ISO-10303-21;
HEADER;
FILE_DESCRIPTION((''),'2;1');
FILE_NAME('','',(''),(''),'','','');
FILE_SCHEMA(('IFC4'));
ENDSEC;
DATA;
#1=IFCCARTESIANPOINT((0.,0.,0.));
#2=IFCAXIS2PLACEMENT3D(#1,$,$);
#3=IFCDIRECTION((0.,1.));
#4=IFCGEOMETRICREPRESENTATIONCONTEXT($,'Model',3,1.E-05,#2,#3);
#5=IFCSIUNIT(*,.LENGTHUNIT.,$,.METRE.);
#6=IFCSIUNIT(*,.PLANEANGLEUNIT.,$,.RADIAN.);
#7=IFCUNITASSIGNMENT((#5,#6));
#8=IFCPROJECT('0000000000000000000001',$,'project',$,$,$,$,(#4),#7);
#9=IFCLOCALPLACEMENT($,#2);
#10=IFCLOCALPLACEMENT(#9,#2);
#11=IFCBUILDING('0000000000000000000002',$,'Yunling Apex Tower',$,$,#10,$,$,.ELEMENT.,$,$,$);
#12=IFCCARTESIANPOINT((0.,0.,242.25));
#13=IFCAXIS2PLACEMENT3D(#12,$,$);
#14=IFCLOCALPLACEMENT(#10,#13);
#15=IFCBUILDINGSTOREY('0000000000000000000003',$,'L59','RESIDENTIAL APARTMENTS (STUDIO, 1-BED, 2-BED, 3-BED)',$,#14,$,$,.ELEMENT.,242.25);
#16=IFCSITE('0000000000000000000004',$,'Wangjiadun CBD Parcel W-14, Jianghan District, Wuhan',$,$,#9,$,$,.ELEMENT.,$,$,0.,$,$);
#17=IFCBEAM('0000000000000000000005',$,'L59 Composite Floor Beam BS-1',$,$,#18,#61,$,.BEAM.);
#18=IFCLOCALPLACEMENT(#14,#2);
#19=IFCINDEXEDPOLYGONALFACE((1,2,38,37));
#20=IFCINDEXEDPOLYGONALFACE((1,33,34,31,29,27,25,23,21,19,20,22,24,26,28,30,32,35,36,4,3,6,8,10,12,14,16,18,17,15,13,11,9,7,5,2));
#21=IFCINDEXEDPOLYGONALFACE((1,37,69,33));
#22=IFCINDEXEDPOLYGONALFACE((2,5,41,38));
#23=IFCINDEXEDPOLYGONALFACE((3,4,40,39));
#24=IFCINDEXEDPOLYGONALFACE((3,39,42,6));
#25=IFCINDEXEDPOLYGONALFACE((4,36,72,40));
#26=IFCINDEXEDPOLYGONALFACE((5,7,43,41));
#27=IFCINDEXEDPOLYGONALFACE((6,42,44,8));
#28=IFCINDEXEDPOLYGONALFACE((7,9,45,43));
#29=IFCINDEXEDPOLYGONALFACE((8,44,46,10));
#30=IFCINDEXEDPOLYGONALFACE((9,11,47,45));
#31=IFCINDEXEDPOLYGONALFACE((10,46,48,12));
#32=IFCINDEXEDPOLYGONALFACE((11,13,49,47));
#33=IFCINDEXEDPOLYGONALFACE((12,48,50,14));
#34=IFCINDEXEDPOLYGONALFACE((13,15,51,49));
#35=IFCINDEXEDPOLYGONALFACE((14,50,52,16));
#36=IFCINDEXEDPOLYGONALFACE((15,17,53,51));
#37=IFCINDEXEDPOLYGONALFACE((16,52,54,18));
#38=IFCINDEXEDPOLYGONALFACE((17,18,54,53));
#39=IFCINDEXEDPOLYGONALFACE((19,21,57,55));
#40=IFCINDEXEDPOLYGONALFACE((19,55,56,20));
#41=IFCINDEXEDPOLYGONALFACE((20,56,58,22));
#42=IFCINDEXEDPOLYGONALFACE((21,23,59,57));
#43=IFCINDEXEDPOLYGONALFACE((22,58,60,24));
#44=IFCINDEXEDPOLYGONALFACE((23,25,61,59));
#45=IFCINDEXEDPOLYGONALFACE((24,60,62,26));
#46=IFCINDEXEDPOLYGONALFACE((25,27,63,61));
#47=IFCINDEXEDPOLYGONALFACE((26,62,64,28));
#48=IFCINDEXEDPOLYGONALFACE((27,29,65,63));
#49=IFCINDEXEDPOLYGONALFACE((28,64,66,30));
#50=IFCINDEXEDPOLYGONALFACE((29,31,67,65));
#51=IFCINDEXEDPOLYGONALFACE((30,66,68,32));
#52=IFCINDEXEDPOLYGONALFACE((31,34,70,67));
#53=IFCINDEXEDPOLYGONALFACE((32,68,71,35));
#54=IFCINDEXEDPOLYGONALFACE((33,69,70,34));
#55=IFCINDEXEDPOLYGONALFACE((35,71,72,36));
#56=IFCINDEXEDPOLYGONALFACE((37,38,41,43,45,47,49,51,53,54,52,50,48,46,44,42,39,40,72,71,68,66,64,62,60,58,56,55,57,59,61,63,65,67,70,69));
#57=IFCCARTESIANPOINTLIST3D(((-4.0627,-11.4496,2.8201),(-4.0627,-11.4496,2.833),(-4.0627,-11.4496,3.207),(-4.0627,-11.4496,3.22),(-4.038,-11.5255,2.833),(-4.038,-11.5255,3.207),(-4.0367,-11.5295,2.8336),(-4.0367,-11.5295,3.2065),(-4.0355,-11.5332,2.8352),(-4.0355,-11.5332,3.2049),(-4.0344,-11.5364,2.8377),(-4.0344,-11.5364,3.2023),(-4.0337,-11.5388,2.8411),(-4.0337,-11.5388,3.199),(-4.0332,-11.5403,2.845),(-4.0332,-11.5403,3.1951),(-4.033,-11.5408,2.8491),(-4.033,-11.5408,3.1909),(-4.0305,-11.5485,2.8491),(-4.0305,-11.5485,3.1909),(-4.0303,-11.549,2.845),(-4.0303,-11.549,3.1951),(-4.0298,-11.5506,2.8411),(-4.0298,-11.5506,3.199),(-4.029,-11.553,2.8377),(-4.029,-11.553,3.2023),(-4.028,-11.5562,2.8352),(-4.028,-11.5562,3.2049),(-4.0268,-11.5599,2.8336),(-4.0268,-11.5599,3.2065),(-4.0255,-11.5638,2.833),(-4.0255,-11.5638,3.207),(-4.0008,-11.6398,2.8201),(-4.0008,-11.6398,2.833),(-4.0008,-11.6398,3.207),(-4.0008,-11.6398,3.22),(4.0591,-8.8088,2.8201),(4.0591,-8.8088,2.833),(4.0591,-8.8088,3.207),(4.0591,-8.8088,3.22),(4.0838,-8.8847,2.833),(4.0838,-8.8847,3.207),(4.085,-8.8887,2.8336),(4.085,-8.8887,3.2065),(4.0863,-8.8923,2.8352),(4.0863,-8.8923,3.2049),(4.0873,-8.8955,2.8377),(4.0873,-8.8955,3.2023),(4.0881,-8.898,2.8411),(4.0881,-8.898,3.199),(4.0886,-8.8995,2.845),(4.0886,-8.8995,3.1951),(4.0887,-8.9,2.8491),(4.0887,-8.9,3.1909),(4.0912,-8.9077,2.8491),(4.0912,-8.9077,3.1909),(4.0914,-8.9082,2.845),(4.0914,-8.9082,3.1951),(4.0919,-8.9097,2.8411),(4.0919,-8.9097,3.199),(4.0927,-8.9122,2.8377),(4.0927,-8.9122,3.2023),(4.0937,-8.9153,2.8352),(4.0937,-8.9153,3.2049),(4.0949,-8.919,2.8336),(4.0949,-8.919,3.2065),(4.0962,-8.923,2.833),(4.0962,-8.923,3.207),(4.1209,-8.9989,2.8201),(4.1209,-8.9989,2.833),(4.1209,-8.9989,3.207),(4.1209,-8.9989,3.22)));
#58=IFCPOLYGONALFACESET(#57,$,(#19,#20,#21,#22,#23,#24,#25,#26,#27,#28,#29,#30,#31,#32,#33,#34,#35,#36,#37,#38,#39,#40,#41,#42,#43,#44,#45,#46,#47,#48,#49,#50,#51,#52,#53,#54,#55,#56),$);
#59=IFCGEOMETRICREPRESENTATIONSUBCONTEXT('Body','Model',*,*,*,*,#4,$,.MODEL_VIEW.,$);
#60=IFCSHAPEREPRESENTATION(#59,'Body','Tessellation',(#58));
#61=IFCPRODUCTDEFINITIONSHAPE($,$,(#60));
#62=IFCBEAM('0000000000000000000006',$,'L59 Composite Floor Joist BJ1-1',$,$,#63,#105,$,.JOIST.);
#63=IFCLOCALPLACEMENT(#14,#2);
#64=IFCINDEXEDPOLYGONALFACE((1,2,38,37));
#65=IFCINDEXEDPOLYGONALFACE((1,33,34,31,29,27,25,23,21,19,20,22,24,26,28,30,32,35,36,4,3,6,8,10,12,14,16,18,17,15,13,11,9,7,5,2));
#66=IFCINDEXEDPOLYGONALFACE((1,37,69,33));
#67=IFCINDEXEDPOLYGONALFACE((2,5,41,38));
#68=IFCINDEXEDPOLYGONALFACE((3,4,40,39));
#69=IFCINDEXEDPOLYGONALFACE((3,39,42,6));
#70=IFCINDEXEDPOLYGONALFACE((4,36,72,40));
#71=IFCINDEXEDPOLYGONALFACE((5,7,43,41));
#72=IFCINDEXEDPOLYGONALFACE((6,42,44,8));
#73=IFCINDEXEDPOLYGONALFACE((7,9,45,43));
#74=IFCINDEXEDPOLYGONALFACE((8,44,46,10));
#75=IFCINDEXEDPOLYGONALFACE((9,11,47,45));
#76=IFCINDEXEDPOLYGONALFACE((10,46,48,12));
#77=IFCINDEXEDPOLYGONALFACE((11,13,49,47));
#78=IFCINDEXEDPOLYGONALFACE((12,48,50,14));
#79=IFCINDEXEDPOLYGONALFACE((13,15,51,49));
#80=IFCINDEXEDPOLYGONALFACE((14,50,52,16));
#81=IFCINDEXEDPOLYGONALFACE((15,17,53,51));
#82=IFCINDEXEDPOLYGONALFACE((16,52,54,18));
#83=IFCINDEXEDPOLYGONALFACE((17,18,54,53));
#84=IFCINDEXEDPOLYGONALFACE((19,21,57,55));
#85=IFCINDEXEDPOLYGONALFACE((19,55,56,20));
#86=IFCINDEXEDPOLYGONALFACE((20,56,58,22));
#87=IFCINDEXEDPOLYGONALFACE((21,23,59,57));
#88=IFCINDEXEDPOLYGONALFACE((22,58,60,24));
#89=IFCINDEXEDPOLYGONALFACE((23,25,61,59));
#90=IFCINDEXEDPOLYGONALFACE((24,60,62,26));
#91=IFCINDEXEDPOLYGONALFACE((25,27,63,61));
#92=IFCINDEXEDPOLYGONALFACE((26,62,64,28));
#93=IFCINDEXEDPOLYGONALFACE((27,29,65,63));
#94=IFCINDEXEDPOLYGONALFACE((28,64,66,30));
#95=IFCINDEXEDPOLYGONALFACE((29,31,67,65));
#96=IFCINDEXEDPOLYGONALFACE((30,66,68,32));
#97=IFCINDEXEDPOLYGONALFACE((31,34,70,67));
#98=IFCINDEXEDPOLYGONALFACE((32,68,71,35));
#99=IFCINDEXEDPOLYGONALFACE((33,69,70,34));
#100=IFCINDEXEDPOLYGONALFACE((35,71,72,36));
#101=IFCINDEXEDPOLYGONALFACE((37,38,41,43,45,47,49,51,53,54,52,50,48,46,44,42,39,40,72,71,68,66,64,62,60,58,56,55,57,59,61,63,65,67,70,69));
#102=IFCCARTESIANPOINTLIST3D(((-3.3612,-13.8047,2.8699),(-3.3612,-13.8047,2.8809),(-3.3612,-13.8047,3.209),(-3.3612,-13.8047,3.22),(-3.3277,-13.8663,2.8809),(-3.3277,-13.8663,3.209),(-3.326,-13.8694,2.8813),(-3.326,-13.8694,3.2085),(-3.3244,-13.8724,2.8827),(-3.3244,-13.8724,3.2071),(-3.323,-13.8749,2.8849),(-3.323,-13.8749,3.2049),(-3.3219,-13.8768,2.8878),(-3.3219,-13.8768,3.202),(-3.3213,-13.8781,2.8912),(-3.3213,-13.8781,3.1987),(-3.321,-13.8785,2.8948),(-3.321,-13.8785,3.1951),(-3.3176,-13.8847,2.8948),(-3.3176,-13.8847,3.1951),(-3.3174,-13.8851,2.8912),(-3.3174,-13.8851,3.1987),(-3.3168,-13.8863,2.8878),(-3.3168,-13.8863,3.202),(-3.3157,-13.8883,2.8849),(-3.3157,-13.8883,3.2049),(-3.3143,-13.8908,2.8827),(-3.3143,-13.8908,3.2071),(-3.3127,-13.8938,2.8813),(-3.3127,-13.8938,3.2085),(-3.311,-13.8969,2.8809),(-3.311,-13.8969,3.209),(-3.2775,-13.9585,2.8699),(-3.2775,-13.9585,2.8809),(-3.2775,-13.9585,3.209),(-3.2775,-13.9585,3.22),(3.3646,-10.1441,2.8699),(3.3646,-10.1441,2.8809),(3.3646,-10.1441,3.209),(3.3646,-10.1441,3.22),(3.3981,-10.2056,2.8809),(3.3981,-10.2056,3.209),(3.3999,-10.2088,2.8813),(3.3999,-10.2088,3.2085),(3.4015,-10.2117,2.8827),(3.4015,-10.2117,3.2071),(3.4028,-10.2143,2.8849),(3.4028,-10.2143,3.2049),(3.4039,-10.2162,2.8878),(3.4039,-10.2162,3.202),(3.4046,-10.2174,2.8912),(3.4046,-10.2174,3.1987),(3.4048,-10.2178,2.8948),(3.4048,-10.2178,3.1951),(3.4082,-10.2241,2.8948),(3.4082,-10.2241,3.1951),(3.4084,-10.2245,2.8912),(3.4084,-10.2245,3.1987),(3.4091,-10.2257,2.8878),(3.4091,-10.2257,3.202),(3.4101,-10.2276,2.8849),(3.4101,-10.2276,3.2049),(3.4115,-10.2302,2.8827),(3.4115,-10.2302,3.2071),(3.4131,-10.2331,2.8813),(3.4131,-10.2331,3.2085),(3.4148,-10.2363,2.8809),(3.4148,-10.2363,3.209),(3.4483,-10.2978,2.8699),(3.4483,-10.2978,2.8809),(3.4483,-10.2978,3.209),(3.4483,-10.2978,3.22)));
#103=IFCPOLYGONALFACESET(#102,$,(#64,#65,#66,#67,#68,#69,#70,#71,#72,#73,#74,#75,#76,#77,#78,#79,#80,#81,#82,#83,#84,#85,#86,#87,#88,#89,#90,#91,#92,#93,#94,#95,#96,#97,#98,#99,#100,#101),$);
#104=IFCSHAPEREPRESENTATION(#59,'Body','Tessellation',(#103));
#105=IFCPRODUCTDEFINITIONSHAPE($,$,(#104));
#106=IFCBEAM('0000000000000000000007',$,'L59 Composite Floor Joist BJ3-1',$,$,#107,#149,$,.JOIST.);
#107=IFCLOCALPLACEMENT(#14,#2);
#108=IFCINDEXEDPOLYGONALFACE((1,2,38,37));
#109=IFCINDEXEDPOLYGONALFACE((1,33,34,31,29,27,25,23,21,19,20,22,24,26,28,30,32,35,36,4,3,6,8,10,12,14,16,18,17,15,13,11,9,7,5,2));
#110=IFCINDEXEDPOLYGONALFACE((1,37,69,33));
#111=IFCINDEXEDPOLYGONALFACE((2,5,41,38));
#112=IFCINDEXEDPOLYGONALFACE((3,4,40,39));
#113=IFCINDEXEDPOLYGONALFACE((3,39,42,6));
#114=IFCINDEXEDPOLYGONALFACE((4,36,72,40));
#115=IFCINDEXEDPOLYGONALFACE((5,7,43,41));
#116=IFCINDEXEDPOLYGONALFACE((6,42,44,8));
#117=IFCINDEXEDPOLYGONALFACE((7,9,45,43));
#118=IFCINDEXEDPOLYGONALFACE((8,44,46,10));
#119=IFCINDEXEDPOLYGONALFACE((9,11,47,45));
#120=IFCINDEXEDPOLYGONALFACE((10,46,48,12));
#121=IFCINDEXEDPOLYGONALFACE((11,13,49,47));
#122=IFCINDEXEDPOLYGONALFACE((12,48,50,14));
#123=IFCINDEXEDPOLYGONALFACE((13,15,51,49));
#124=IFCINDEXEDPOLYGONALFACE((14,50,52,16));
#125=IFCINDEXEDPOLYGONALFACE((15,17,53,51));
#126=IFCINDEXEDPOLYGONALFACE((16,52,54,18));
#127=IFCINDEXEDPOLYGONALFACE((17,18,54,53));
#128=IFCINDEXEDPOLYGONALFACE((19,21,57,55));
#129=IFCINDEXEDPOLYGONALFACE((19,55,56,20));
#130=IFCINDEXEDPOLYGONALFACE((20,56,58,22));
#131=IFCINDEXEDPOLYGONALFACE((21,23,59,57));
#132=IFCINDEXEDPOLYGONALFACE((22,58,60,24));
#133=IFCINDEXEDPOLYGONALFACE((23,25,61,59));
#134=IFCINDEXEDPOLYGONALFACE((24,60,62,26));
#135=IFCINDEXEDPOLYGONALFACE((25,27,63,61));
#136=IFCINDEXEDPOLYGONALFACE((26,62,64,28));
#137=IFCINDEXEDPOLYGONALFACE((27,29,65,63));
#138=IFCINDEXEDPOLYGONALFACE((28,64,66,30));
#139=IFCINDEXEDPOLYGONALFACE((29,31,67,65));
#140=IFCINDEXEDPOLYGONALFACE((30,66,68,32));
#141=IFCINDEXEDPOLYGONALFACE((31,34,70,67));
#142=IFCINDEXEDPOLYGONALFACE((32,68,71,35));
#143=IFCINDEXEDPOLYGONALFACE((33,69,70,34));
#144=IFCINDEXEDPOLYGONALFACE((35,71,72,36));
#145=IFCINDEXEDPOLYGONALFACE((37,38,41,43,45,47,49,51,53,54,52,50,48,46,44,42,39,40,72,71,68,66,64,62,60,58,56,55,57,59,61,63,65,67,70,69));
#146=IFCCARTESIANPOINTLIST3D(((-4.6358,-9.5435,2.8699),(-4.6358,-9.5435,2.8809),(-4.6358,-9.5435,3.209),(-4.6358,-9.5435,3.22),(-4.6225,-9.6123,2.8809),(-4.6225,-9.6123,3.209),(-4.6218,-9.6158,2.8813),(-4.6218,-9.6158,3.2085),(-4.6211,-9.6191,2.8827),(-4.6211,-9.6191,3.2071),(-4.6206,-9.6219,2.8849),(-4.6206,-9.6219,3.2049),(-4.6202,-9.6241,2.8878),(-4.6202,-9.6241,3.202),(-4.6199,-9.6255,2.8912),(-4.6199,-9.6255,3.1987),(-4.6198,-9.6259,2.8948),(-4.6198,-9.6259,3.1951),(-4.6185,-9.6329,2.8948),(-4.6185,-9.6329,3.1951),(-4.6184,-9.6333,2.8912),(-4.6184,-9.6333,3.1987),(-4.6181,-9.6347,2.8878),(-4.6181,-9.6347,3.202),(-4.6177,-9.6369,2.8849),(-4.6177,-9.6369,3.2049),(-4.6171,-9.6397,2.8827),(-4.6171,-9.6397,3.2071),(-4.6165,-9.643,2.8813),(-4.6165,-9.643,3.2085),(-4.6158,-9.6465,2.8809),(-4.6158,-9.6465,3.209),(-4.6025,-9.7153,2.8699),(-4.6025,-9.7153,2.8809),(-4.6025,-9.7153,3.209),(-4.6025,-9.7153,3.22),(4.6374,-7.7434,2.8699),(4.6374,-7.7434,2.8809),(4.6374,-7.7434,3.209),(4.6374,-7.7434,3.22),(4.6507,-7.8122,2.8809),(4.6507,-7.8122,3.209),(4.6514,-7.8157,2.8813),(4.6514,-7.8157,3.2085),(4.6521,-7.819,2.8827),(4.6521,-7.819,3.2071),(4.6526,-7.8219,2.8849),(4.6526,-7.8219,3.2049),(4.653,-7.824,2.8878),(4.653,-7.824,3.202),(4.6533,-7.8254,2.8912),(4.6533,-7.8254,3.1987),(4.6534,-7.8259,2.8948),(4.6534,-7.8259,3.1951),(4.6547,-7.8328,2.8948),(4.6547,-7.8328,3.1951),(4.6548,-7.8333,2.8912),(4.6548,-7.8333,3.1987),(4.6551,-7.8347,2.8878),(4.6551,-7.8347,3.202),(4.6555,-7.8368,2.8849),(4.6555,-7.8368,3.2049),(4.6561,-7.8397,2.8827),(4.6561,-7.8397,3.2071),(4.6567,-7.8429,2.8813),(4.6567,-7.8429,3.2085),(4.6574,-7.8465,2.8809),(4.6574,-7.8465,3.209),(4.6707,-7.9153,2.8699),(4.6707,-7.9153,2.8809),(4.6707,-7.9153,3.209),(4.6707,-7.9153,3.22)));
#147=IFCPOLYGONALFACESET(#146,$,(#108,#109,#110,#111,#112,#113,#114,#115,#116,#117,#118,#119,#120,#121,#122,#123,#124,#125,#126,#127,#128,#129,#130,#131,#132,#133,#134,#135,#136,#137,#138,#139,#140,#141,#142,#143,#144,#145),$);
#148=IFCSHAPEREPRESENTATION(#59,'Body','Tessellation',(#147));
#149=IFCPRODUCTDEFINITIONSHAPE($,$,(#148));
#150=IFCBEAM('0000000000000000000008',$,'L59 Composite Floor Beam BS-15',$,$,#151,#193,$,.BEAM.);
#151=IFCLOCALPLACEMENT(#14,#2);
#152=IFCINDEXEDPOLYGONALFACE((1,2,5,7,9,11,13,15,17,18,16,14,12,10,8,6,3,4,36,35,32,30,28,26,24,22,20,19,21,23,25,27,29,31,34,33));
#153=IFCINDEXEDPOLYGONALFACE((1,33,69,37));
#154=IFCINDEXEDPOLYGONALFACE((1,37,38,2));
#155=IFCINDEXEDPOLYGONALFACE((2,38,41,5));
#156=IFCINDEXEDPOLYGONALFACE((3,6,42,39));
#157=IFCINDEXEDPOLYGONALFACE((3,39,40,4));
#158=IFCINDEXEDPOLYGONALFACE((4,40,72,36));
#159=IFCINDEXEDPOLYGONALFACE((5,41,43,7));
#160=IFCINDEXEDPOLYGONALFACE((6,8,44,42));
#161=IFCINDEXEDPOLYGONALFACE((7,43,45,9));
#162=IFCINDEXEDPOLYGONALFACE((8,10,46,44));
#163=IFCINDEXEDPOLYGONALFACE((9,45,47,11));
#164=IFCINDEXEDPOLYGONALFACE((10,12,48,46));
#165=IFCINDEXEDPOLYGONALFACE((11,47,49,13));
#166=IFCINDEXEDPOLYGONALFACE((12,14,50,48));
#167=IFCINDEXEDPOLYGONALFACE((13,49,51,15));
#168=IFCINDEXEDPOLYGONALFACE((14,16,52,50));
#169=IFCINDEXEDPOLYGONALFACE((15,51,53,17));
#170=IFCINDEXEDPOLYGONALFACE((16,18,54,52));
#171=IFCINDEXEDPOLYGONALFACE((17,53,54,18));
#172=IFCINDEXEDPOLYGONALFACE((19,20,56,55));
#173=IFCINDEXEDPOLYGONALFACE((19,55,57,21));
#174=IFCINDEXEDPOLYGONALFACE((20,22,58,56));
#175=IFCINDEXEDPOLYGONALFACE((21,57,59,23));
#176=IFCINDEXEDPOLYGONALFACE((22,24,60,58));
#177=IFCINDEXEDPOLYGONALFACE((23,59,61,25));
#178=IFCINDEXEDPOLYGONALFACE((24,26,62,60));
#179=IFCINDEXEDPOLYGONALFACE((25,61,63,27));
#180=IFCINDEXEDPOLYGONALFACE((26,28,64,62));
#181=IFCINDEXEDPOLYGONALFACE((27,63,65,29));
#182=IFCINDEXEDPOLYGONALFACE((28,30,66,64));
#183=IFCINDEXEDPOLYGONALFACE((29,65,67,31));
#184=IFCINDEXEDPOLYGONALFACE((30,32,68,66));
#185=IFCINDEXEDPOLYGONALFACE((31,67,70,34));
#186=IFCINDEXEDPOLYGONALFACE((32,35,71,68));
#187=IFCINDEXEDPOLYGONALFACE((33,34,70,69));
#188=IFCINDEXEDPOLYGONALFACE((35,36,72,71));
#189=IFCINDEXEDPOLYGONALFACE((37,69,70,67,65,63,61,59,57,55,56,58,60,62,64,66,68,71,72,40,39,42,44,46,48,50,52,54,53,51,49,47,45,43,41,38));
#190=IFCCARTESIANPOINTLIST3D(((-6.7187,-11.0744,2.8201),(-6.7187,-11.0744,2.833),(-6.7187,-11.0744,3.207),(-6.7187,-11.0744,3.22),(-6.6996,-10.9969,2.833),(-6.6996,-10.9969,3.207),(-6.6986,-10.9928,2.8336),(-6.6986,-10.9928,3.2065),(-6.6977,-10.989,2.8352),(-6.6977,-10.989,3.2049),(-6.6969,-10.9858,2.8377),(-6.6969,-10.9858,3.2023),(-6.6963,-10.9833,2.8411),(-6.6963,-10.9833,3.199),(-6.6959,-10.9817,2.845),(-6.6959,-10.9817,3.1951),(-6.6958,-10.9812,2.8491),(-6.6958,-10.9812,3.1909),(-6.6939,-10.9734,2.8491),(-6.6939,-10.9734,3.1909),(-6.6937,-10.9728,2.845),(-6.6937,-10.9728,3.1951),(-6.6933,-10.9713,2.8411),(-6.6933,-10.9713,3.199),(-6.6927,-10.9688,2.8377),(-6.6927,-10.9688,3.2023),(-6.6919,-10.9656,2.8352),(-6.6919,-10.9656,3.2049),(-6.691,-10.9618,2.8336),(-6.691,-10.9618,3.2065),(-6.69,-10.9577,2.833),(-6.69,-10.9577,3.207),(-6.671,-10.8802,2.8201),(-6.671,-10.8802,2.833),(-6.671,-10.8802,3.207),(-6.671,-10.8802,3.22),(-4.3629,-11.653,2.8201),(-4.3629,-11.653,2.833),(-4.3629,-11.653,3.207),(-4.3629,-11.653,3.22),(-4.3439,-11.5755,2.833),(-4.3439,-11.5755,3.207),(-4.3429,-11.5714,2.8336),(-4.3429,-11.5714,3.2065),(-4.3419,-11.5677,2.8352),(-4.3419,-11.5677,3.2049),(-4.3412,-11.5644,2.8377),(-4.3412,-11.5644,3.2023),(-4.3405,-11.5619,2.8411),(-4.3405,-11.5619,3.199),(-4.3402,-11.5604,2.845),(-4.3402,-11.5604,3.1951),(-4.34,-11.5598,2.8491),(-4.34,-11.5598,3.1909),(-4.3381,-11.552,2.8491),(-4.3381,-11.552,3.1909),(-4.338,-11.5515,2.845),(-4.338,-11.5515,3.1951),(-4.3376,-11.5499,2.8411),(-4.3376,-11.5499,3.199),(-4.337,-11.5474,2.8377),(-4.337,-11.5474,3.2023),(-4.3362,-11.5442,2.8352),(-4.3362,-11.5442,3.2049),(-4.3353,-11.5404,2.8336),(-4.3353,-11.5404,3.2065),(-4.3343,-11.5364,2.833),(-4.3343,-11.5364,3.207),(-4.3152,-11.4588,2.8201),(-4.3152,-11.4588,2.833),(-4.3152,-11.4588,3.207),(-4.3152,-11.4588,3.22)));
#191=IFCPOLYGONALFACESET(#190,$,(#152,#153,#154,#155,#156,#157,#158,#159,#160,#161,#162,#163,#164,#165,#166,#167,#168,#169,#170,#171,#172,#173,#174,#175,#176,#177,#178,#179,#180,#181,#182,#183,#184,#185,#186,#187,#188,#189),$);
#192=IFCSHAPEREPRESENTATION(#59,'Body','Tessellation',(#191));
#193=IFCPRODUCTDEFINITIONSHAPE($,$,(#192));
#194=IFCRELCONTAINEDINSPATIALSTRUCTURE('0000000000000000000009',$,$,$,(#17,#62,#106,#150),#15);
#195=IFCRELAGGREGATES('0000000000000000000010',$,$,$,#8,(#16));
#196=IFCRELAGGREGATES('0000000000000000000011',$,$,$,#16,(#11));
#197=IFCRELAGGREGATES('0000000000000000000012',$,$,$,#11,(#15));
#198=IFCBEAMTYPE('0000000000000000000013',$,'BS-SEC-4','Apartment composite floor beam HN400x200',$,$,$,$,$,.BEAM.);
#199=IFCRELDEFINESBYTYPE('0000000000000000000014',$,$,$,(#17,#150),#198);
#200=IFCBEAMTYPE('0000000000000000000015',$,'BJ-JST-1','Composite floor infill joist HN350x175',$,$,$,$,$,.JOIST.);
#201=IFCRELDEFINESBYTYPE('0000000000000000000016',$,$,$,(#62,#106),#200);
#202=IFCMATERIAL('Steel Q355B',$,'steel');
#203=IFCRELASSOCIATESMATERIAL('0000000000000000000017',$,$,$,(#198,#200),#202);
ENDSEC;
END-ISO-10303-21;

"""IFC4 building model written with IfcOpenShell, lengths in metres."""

from ifc_helpers import new_model, si_unit, direction, frame, origin, origin_2d, place, context, subcontext, project, spatial, i_section, extrude, source, transform, mapped, material, material_profile, profile_set, type_object, element, save


model = new_model("IFC4")

# Units and contexts
model_context = context("Model", 3, precision=1e-05, world=origin(), true_north=direction((0.0, 1.0)))
body_context = subcontext(model_context, "Body", "Model", "MODEL_VIEW")
ifc_project = project(units=[si_unit("LENGTHUNIT", "METRE"), si_unit("PLANEANGLEUNIT", "RADIAN")], contexts=[model_context])

# Site, building, storey
site_placement = place(None, origin())
site = spatial("IfcSite", under=ifc_project, at=site_placement, Name="Wangjiadun CBD Parcel W-14, Jianghan District, Wuhan", CompositionType="ELEMENT", RefElevation=0.0)
building_placement = place(site_placement, origin())
building = spatial("IfcBuilding", under=site, at=building_placement, Name="Yunling Apex Tower", CompositionType="ELEMENT")
storey_placement = place(building_placement, frame((0.0, 0.0, 242.25)))
storey = spatial("IfcBuildingStorey", under=building, at=storey_placement, Name="L59", Description="RESIDENTIAL APARTMENTS (STUDIO, 1-BED, 2-BED, 3-BED)", CompositionType="ELEMENT", Elevation=242.25)

# Beams
ifc_material_1 = material(Name="Steel Q355B", Category="steel")
ifc_material_profile_1 = material_profile(ifc_material_1, i_section(OverallWidth=0.2, OverallDepth=0.3999, WebThickness=0.0081, FlangeThickness=0.0129, FilletRadius=0.0161, at=origin_2d()))
ifc_profile_set_1 = profile_set([ifc_material_profile_1], Name="Steel Q355B")
beam_type_1 = type_object("IfcBeamType", Name="BS-SEC-4", Description="Apartment composite floor beam HN400x200", PredefinedType="BEAM", material=ifc_profile_set_1)
shared_shape_1 = source(origin(), body_context, "Body", "SweptSolid", [
    extrude(i_section(OverallWidth=0.2, OverallDepth=0.3999, WebThickness=0.0081, FlangeThickness=0.0129, FilletRadius=0.0161, at=origin_2d()), origin(), (0.0, 0.0, 1.0), 8.5403),
])
beam_1_placement = place(storey_placement, frame((-4.0317, -11.5447, 3.02), z_axis=(0.95099, 0.309221, 0.0), x_axis=(-0.309221, 0.95099, 0.0)))
element("IfcBeam", 1, at=beam_1_placement, inside=storey, type_object=beam_type_1, Name="L59 Composite Floor Beam BS-1", PredefinedType="BEAM", context=body_context, shape_type="MappedRepresentation", body=[
    mapped(shared_shape_1, transform((0.0, 0.0, 0.0), scale=1.0)),
])
ifc_material_profile_2 = material_profile(ifc_material_1, i_section(OverallWidth=0.175, OverallDepth=0.3501, WebThickness=0.0071, FlangeThickness=0.011, FilletRadius=0.0139, at=origin_2d()))
ifc_profile_set_2 = profile_set([ifc_material_profile_2], Name="Steel Q355B")
beam_type_2 = type_object("IfcBeamType", Name="BJ-JST-1", Description="Composite floor infill joist HN350x175", PredefinedType="JOIST", material=ifc_profile_set_2)
shared_shape_2 = source(origin(), body_context, "Body", "SweptSolid", [
    extrude(i_section(OverallWidth=0.175, OverallDepth=0.3501, WebThickness=0.0071, FlangeThickness=0.011, FilletRadius=0.0139, at=origin_2d()), origin(), (0.0, 0.0, 1.0), 7.6575),
])
beam_2_placement = place(storey_placement, frame((-3.3193, -13.8816, 3.0449), z_axis=(0.878334, 0.478048, 0.0), x_axis=(-0.478048, 0.878334, 0.0)))
element("IfcBeam", 2, at=beam_2_placement, inside=storey, type_object=beam_type_2, Name="L59 Composite Floor Joist BJ1-1", PredefinedType="JOIST", context=body_context, shape_type="MappedRepresentation", body=[
    mapped(shared_shape_2, transform((0.0, 0.0, 0.0), scale=1.0)),
])
shared_shape_3 = source(origin(), body_context, "Body", "SweptSolid", [
    extrude(i_section(OverallWidth=0.175, OverallDepth=0.3501, WebThickness=0.0071, FlangeThickness=0.011, FilletRadius=0.0139, at=origin_2d()), origin(), (0.0, 0.0, 1.0), 9.4463),
])
beam_3_placement = place(storey_placement, frame((-4.6191, -9.6294, 3.0449), z_axis=(0.981676, 0.190556, 0.0), x_axis=(-0.190556, 0.981676, 0.0)))
element("IfcBeam", 3, at=beam_3_placement, inside=storey, type_object=beam_type_2, Name="L59 Composite Floor Joist BJ3-1", PredefinedType="JOIST", context=body_context, shape_type="MappedRepresentation", body=[
    mapped(shared_shape_3, transform((0.0, 0.0, 0.0), scale=1.0)),
])
shared_shape_4 = source(origin(), body_context, "Body", "SweptSolid", [
    extrude(i_section(OverallWidth=0.2, OverallDepth=0.3999, WebThickness=0.0081, FlangeThickness=0.0129, FilletRadius=0.0161, at=origin_2d()), origin(), (0.0, 0.0, 1.0), 2.4258),
])
beam_4_placement = place(storey_placement, frame((-6.6948, -10.9773, 3.02), z_axis=(0.971135, -0.238531, 0.0), x_axis=(0.238531, 0.971135, 0.0)))
element("IfcBeam", 4, at=beam_4_placement, inside=storey, type_object=beam_type_1, Name="L59 Composite Floor Beam BS-15", PredefinedType="BEAM", context=body_context, shape_type="MappedRepresentation", body=[
    mapped(shared_shape_4, transform((0.0, 0.0, 0.0), scale=1.0)),
])

save(model, "model.ifc")
